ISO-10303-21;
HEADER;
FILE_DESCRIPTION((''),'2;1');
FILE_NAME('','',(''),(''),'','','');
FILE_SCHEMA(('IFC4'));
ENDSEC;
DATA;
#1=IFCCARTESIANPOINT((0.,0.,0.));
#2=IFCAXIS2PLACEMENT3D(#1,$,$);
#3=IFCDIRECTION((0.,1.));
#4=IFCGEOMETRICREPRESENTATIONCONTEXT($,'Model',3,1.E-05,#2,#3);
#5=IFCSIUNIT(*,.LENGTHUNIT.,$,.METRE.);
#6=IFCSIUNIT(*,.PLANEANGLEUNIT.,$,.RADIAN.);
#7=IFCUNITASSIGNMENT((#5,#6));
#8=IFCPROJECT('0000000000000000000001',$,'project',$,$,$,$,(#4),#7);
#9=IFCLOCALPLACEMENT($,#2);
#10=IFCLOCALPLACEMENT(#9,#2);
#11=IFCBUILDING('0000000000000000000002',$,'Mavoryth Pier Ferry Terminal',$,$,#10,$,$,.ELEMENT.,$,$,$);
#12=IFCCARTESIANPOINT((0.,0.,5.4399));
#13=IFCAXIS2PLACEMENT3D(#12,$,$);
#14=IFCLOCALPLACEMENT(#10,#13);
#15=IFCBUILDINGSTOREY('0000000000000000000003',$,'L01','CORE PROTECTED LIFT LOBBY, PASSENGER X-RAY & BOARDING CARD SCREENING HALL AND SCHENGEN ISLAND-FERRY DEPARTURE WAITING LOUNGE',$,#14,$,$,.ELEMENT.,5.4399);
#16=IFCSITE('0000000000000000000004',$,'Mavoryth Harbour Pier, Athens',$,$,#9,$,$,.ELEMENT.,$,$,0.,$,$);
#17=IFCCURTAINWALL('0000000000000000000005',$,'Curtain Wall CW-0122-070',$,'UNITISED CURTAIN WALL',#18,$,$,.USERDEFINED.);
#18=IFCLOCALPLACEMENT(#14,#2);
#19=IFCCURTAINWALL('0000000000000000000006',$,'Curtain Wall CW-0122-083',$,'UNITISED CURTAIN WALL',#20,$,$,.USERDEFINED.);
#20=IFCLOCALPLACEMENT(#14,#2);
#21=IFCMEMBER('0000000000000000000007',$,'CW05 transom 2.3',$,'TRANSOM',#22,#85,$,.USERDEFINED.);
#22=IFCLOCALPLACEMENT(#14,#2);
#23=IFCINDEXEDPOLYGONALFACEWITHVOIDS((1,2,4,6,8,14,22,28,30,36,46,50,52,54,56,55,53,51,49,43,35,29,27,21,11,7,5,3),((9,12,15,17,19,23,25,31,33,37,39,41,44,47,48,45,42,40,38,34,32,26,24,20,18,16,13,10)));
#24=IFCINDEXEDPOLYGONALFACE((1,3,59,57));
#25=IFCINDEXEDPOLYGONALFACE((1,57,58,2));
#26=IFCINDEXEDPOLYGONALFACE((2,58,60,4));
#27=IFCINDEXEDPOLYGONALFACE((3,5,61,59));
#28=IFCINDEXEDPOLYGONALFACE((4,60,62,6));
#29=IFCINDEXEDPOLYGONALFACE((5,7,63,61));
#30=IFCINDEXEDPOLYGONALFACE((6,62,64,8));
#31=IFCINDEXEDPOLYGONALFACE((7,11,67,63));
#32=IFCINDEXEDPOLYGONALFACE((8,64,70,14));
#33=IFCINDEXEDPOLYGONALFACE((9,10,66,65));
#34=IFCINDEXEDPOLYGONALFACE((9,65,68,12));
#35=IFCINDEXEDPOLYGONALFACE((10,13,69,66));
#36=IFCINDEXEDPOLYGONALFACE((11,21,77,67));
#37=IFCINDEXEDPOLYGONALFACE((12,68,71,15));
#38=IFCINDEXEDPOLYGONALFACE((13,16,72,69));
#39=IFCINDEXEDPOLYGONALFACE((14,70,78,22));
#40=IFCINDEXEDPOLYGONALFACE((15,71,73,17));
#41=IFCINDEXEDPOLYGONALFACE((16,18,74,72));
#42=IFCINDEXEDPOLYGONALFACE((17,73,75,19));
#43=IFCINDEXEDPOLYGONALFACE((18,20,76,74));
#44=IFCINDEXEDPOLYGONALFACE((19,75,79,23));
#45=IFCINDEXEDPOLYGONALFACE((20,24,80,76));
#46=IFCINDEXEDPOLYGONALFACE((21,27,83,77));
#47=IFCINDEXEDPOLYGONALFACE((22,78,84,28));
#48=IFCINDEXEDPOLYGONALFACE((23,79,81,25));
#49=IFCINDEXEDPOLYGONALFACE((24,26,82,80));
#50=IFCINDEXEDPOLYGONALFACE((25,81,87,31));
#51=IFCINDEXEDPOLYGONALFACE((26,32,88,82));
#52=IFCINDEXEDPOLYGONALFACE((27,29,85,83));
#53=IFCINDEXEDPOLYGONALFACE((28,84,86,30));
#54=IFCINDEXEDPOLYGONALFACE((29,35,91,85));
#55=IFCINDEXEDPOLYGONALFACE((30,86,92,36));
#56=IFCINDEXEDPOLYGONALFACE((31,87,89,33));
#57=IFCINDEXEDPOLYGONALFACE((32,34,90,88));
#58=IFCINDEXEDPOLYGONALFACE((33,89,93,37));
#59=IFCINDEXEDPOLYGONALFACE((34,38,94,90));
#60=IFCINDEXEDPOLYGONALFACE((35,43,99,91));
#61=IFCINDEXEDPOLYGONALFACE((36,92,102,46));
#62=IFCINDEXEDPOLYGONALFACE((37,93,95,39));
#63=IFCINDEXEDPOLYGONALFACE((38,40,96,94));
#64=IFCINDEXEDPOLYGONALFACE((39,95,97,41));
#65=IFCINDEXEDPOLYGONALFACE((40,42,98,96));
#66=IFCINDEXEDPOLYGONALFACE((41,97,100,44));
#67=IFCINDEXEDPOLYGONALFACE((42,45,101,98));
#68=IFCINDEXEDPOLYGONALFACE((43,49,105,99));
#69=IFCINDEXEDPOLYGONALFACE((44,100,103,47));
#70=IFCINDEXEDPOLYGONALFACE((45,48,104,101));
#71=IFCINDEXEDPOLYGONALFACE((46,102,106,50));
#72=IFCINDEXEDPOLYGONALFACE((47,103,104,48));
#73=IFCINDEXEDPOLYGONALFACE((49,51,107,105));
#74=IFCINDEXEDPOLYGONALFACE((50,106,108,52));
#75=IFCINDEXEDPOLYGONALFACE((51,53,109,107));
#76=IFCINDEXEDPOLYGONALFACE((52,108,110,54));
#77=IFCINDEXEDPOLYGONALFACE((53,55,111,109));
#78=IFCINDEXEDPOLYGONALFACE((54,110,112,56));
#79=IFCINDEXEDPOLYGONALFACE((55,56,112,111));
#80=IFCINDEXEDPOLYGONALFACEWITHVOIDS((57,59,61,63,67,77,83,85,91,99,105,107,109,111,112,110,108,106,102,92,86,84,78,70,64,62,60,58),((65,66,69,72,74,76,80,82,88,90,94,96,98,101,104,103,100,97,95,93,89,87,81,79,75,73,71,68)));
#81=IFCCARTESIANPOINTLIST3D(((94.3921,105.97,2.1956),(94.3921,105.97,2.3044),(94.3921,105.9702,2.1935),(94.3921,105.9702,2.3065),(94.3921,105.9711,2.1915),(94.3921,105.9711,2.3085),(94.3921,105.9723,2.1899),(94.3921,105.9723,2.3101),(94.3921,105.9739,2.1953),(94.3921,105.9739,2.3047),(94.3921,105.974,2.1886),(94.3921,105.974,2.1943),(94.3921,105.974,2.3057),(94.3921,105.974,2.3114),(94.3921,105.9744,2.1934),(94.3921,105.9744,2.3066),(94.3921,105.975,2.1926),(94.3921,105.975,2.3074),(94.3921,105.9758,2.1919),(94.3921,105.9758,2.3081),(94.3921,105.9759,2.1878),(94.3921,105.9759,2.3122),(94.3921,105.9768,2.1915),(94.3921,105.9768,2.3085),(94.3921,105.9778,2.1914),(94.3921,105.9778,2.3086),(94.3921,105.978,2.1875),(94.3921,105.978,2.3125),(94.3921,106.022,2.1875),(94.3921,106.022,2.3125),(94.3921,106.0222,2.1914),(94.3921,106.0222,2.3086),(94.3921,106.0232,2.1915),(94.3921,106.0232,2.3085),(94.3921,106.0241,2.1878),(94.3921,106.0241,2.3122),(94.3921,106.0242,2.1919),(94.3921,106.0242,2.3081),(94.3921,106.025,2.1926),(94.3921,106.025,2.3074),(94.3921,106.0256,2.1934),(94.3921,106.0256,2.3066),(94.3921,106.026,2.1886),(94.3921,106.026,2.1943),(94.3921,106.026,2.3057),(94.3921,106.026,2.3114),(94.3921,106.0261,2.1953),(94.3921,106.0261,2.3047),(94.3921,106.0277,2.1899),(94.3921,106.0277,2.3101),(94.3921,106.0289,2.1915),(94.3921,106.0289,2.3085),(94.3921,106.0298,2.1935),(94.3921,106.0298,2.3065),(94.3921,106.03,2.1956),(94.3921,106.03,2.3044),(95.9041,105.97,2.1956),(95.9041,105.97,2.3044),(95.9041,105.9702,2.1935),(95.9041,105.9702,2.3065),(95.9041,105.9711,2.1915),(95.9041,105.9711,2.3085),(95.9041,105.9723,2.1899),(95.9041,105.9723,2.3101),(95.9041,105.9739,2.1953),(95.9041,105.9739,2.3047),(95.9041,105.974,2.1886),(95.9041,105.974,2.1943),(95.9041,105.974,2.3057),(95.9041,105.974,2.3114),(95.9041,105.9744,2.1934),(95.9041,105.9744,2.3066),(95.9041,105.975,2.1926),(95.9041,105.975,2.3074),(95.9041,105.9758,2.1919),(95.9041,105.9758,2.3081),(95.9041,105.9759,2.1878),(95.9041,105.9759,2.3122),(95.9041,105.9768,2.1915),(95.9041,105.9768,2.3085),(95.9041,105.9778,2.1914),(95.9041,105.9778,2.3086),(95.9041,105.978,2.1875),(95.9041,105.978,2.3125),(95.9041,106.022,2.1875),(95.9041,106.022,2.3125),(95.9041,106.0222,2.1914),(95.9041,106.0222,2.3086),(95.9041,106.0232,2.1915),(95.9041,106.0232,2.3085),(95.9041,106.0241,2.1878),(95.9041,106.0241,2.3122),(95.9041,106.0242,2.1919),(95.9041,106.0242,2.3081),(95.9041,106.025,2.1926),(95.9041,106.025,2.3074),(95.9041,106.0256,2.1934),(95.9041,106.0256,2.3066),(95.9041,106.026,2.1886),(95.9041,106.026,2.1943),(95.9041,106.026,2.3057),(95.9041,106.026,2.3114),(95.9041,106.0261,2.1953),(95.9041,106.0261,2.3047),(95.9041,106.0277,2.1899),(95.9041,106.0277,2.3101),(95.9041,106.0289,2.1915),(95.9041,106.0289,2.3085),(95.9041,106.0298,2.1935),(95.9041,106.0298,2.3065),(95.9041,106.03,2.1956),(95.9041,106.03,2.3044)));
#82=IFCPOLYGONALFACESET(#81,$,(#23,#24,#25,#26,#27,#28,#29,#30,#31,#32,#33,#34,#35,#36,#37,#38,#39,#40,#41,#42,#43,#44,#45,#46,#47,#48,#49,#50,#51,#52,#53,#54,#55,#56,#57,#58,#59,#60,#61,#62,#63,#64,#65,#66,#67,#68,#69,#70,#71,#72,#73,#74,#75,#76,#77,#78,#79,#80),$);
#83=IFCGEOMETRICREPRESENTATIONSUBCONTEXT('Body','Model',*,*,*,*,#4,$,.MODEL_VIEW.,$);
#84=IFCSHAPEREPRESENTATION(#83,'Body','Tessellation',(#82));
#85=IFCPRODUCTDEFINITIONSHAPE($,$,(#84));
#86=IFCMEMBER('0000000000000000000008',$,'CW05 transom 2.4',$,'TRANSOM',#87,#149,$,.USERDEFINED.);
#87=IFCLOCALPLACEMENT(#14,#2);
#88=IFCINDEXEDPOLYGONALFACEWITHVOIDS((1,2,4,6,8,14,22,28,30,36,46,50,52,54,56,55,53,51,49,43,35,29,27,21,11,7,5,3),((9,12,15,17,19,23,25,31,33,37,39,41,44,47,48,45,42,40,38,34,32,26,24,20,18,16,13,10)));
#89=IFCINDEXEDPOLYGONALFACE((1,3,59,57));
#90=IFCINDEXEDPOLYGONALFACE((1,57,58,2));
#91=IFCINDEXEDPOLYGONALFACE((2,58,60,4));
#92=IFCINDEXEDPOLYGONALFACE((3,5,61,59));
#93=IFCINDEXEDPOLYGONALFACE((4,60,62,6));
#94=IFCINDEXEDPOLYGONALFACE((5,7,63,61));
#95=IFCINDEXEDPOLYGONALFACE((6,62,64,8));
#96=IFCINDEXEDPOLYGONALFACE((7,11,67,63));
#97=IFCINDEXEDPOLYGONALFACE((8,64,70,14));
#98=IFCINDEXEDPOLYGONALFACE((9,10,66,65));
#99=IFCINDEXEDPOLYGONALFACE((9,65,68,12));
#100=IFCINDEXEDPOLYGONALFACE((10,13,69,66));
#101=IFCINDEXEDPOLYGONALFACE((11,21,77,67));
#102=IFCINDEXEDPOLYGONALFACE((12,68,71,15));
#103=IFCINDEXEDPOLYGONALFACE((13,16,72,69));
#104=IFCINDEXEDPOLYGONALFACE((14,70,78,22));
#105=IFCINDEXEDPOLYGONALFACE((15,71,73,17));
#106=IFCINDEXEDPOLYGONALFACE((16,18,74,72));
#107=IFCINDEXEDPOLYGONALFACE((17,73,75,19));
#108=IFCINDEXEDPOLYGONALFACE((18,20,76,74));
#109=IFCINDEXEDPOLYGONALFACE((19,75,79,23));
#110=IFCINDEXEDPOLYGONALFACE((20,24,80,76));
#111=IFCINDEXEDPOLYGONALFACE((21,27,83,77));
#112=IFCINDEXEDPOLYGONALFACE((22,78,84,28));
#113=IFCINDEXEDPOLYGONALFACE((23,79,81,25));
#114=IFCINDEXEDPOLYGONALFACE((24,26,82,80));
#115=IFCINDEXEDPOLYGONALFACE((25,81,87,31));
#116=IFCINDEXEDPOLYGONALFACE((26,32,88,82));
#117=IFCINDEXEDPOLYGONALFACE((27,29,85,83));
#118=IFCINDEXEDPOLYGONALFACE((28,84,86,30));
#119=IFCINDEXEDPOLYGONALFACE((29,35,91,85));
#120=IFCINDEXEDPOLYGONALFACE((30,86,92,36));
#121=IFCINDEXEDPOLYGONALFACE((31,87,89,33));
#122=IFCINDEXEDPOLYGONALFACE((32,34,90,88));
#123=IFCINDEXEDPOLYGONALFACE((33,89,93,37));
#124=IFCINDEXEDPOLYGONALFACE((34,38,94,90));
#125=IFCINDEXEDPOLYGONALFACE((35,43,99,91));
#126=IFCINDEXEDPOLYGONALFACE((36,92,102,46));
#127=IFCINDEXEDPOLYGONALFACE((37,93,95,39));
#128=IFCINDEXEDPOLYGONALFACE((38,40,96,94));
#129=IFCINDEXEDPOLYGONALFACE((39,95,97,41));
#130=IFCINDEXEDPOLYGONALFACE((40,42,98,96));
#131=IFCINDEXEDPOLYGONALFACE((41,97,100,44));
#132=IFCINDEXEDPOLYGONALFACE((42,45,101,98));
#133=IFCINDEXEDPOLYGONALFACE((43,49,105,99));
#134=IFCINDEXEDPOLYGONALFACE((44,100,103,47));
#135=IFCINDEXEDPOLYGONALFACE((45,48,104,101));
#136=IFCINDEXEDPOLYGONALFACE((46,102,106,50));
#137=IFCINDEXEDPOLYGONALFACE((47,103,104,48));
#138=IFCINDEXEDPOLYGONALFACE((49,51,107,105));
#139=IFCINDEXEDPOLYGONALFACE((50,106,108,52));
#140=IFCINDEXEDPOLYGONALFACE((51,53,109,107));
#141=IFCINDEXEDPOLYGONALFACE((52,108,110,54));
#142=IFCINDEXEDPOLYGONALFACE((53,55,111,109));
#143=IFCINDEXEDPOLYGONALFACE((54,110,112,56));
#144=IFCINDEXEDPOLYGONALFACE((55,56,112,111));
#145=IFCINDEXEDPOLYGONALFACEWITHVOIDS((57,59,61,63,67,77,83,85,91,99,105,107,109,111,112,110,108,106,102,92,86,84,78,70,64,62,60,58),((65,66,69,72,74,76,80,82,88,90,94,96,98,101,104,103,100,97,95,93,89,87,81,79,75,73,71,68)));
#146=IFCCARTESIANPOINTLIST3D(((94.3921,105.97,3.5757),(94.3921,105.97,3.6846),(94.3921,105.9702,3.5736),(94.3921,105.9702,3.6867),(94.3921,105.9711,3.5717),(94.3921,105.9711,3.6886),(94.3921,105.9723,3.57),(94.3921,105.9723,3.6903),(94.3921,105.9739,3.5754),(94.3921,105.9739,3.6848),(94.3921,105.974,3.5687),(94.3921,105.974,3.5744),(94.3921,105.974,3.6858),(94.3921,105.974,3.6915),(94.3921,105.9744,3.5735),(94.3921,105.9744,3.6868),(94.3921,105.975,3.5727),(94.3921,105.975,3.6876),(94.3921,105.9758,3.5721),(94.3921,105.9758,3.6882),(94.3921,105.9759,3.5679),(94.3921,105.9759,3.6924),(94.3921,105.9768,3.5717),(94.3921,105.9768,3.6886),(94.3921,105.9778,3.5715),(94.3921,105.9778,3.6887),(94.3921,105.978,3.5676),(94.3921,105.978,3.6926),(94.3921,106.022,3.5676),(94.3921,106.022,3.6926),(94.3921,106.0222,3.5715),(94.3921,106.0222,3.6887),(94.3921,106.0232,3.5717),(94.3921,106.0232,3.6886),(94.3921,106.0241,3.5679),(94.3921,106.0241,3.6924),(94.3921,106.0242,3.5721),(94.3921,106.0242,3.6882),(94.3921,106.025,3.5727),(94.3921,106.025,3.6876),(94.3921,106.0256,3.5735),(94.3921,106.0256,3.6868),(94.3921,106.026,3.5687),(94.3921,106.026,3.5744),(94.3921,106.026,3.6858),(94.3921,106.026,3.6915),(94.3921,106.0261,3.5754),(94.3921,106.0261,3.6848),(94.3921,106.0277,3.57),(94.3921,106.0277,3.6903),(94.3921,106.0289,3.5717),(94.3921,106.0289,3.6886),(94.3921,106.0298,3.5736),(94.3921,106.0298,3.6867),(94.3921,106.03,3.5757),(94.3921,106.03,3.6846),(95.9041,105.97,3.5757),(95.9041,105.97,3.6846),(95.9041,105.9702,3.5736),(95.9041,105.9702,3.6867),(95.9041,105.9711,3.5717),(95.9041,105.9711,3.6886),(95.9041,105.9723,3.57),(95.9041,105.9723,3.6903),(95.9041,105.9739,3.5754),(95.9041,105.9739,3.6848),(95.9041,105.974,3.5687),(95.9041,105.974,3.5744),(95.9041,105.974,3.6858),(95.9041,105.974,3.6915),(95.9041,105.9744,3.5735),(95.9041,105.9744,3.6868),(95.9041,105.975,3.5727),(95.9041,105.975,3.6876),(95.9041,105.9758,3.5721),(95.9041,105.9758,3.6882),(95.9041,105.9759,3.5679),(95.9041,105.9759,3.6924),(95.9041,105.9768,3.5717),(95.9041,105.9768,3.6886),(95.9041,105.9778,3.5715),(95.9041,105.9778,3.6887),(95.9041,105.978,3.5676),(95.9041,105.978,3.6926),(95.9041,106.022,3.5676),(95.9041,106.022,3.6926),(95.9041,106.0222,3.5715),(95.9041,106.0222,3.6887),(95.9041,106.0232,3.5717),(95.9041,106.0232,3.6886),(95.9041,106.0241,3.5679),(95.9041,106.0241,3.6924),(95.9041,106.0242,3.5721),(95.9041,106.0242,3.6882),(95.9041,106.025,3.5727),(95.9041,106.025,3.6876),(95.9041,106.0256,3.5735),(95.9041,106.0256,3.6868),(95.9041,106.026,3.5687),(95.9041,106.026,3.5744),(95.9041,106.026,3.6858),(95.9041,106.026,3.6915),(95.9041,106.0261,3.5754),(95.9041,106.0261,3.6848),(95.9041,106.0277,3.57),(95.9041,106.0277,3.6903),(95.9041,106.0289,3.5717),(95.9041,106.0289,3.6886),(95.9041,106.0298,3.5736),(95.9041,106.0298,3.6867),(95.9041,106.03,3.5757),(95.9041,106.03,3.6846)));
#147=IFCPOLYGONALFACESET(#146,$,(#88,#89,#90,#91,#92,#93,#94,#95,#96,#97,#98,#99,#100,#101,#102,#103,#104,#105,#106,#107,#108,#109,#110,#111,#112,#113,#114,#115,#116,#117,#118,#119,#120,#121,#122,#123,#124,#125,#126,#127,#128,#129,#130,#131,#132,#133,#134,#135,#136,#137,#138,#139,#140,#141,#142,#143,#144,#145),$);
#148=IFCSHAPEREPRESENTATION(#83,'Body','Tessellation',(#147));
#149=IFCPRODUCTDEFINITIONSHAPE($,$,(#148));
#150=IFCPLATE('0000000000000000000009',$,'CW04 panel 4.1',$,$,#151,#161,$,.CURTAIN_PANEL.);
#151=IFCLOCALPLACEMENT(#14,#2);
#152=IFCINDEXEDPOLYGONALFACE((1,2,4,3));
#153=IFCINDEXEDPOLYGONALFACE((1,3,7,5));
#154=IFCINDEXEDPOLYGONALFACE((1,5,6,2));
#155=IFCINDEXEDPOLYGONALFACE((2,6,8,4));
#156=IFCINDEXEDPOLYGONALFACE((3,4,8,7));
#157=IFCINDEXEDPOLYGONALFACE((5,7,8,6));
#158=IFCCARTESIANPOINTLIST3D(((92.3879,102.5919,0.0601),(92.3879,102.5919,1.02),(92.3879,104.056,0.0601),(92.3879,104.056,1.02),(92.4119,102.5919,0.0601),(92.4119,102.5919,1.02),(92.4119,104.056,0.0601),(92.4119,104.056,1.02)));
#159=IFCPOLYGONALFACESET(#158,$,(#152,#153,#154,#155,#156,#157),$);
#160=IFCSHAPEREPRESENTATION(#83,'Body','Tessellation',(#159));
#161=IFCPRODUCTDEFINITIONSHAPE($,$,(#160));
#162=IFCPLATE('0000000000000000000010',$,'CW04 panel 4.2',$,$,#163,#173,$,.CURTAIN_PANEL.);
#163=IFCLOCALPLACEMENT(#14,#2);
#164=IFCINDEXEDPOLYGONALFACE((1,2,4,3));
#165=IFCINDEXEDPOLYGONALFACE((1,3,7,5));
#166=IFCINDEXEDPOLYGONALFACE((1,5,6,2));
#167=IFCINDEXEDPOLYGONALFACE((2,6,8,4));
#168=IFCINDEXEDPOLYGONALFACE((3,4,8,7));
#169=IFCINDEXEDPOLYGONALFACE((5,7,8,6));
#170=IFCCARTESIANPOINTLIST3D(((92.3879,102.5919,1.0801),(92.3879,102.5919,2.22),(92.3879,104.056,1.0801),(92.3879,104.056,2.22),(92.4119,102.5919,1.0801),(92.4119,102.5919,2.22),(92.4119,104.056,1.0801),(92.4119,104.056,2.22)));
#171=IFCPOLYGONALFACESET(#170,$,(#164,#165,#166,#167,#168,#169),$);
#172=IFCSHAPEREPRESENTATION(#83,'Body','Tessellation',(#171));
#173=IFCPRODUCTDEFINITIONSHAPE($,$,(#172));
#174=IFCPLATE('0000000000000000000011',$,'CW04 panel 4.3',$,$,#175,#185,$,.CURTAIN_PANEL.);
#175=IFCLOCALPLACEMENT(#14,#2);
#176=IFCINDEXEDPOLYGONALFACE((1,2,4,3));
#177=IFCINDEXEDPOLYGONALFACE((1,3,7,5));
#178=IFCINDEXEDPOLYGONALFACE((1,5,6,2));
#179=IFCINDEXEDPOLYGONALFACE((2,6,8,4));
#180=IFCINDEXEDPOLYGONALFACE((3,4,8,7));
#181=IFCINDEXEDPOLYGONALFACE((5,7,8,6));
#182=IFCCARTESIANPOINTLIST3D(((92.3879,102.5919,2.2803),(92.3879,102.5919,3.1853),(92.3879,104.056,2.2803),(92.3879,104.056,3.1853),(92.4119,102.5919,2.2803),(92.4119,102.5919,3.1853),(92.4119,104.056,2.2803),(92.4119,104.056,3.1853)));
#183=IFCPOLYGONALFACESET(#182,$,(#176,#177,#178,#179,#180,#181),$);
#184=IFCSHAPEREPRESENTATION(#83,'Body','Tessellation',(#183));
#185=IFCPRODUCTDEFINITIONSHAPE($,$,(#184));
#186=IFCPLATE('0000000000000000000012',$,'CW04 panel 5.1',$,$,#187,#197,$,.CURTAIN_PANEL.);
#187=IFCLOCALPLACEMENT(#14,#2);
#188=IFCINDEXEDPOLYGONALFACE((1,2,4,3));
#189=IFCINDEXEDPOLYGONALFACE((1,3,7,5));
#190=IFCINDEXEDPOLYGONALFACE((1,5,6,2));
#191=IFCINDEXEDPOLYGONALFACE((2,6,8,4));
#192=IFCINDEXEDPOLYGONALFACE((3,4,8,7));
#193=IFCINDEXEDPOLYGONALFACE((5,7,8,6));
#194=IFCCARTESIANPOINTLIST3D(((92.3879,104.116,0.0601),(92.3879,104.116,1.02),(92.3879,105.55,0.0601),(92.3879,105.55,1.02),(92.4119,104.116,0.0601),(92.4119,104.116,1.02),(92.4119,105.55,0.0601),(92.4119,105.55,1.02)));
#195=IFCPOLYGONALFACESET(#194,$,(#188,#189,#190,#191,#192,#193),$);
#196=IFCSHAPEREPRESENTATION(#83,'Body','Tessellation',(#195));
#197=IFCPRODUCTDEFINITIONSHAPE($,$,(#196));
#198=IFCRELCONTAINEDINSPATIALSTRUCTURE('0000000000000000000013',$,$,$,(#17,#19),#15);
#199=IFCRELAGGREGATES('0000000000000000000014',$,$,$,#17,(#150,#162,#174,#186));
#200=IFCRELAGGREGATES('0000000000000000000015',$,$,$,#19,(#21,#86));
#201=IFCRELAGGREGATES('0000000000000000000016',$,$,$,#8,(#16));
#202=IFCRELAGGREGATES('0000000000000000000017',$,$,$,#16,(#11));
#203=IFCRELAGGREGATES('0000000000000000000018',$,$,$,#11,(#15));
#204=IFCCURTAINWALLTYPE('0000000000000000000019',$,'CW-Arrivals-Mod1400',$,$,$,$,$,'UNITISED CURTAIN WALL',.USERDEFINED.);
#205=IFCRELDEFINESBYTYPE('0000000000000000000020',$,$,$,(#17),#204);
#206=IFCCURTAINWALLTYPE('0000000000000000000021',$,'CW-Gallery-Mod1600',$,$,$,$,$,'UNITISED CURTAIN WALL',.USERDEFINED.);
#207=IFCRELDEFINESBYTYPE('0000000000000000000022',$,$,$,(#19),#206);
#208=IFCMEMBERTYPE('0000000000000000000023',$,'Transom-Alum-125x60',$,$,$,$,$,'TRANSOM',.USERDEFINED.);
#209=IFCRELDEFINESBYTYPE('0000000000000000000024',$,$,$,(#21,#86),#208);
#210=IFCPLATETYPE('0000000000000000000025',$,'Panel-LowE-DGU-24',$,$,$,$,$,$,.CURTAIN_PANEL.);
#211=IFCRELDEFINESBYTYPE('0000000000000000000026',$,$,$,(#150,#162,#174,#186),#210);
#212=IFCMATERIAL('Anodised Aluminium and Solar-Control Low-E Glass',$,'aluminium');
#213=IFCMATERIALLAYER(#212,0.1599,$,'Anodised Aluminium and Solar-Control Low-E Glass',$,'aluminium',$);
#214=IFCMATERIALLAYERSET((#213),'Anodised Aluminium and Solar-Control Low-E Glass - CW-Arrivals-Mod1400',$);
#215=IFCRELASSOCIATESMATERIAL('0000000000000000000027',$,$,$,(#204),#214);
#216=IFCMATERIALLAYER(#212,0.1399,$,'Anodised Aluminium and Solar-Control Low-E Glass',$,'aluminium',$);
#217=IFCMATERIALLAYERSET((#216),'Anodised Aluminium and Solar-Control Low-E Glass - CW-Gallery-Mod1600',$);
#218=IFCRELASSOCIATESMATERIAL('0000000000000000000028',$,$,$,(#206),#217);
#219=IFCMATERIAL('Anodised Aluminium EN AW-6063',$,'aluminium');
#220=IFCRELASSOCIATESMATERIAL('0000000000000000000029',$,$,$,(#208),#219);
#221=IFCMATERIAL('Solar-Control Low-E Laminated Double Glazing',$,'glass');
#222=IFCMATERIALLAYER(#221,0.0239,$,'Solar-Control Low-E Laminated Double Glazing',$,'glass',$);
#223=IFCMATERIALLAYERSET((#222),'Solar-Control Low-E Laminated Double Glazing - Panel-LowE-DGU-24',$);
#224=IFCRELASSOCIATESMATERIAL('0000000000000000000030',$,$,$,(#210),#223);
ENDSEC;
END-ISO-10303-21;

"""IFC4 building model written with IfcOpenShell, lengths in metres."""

from ifc_helpers import new_model, si_unit, direction, frame, origin, origin_2d, place, context, subcontext, project, spatial, rectangle, hollow_rectangle, extrude, material, layer, layer_set, material_profile, profile_set, type_object, element, aggregate, save


model = new_model("IFC4")

# Units and contexts
model_context = context("Model", 3, precision=1e-05, world=origin(), true_north=direction((0.0, 1.0)))
body_context = subcontext(model_context, "Body", "Model", "MODEL_VIEW")
ifc_project = project(units=[si_unit("LENGTHUNIT", "METRE"), si_unit("PLANEANGLEUNIT", "RADIAN")], contexts=[model_context])

# Site, building, storey
site_placement = place(None, origin())
site = spatial("IfcSite", under=ifc_project, at=site_placement, Name="Mavoryth Harbour Pier, Athens", CompositionType="ELEMENT", RefElevation=0.0)
building_placement = place(site_placement, origin())
building = spatial("IfcBuilding", under=site, at=building_placement, Name="Mavoryth Pier Ferry Terminal", CompositionType="ELEMENT")
storey_placement = place(building_placement, frame((0.0, 0.0, 5.4399)))
storey = spatial("IfcBuildingStorey", under=building, at=storey_placement, Name="L01", Description="CORE PROTECTED LIFT LOBBY, PASSENGER X-RAY & BOARDING CARD SCREENING HALL AND SCHENGEN ISLAND-FERRY DEPARTURE WAITING LOUNGE", CompositionType="ELEMENT", Elevation=5.4399)

# Shared definitions
ifc_material_1 = material(Name="Anodised Aluminium and Solar-Control Low-E Glass", Category="aluminium")
ifc_layer_1 = layer(ifc_material_1, 0.1599, Name="Anodised Aluminium and Solar-Control Low-E Glass", Category="aluminium")
ifc_layer_set_1 = layer_set([ifc_layer_1], Name="Anodised Aluminium and Solar-Control Low-E Glass - CW-Arrivals-Mod1400")
curtain_wall_type_1 = type_object("IfcCurtainWallType", Name="CW-Arrivals-Mod1400", ElementType="UNITISED CURTAIN WALL", PredefinedType="USERDEFINED", material=ifc_layer_set_1)
ifc_material_2 = material(Name="Anodised Aluminium EN AW-6063", Category="aluminium")

# Curtain walls
curtain_wall_1_placement = place(storey_placement, origin())
curtain_wall_1 = element("IfcCurtainWall", 1, at=curtain_wall_1_placement, inside=storey, type_object=curtain_wall_type_1, Name="Curtain Wall CW-0122-070", ObjectType="UNITISED CURTAIN WALL", PredefinedType="USERDEFINED")
ifc_layer_2 = layer(ifc_material_1, 0.1399, Name="Anodised Aluminium and Solar-Control Low-E Glass", Category="aluminium")
ifc_layer_set_2 = layer_set([ifc_layer_2], Name="Anodised Aluminium and Solar-Control Low-E Glass - CW-Gallery-Mod1600")
curtain_wall_type_2 = type_object("IfcCurtainWallType", Name="CW-Gallery-Mod1600", ElementType="UNITISED CURTAIN WALL", PredefinedType="USERDEFINED", material=ifc_layer_set_2)
curtain_wall_2_placement = place(storey_placement, origin())
curtain_wall_2 = element("IfcCurtainWall", 2, at=curtain_wall_2_placement, inside=storey, type_object=curtain_wall_type_2, Name="Curtain Wall CW-0122-083", ObjectType="UNITISED CURTAIN WALL", PredefinedType="USERDEFINED")

# Members
ifc_material_profile_1 = material_profile(ifc_material_2, hollow_rectangle(XDim=0.0601, YDim=0.125, WallThickness=0.0039, InnerFilletRadius=0.0039, OuterFilletRadius=0.0081, at=origin_2d()), Name="AL-TRAN 125x60x4", Category="aluminium")
ifc_profile_set_1 = profile_set([ifc_material_profile_1], Name="Anodised Aluminium EN AW-6063 - AL-TRAN 125x60x4")
member_type_1 = type_object("IfcMemberType", Name="Transom-Alum-125x60", ElementType="TRANSOM", PredefinedType="USERDEFINED", material=ifc_profile_set_1)
member_1_placement = place(storey_placement, frame((94.3921, 106.0, 2.25), z_axis=(1.0, 0.0, 0.0), x_axis=(0.0, 1.0, 0.0)))
member_1 = element("IfcMember", 3, at=member_1_placement, type_object=member_type_1, Name="CW05 transom 2.3", ObjectType="TRANSOM", PredefinedType="USERDEFINED", context=body_context, shape_type="SweptSolid", body=[
    extrude(hollow_rectangle(XDim=0.0601, YDim=0.125, WallThickness=0.0039, InnerFilletRadius=0.0039, OuterFilletRadius=0.0081, at=origin_2d()), origin(), (0.0, 0.0, 1.0), 1.512),
])
member_2_placement = place(storey_placement, frame((94.3921, 106.0, 3.6301), z_axis=(1.0, 0.0, 0.0), x_axis=(0.0, 1.0, 0.0)))
member_2 = element("IfcMember", 4, at=member_2_placement, type_object=member_type_1, Name="CW05 transom 2.4", ObjectType="TRANSOM", PredefinedType="USERDEFINED", context=body_context, shape_type="SweptSolid", body=[
    extrude(hollow_rectangle(XDim=0.0601, YDim=0.125, WallThickness=0.0039, InnerFilletRadius=0.0039, OuterFilletRadius=0.0081, at=origin_2d()), origin(), (0.0, 0.0, 1.0), 1.512),
])

# Plates
ifc_material_3 = material(Name="Solar-Control Low-E Laminated Double Glazing", Category="glass")
ifc_layer_3 = layer(ifc_material_3, 0.0239, Name="Solar-Control Low-E Laminated Double Glazing", Category="glass")
ifc_layer_set_3 = layer_set([ifc_layer_3], Name="Solar-Control Low-E Laminated Double Glazing - Panel-LowE-DGU-24")
plate_type = type_object("IfcPlateType", Name="Panel-LowE-DGU-24", PredefinedType="CURTAIN_PANEL", material=ifc_layer_set_3)
plate_1_placement = place(storey_placement, frame((92.3999, 103.324, 0.0601), z_axis=(0.0, 0.0, 1.0), x_axis=(0.0, 1.0, 0.0)))
plate_1 = element("IfcPlate", 5, at=plate_1_placement, type_object=plate_type, Name="CW04 panel 4.1", PredefinedType="CURTAIN_PANEL", context=body_context, shape_type="SweptSolid", body=[
    extrude(rectangle(XDim=1.4641, YDim=0.0239, at=origin_2d()), origin(), (0.0, 0.0, 1.0), 0.96),
])
plate_2_placement = place(storey_placement, frame((92.3999, 103.324, 1.0801), z_axis=(0.0, 0.0, 1.0), x_axis=(0.0, 1.0, 0.0)))
plate_2 = element("IfcPlate", 6, at=plate_2_placement, type_object=plate_type, Name="CW04 panel 4.2", PredefinedType="CURTAIN_PANEL", context=body_context, shape_type="SweptSolid", body=[
    extrude(rectangle(XDim=1.4641, YDim=0.0239, at=origin_2d()), origin(), (0.0, 0.0, 1.0), 1.1399),
])
plate_3_placement = place(storey_placement, frame((92.3999, 103.324, 2.2803), z_axis=(0.0, 0.0, 1.0), x_axis=(0.0, 1.0, 0.0)))
plate_3 = element("IfcPlate", 7, at=plate_3_placement, type_object=plate_type, Name="CW04 panel 4.3", PredefinedType="CURTAIN_PANEL", context=body_context, shape_type="SweptSolid", body=[
    extrude(rectangle(XDim=1.4641, YDim=0.0239, at=origin_2d()), origin(), (0.0, 0.0, 1.0), 0.905),
])
plate_4_placement = place(storey_placement, frame((92.3999, 104.833, 0.0601), z_axis=(0.0, 0.0, 1.0), x_axis=(0.0, 1.0, 0.0)))
plate_4 = element("IfcPlate", 8, at=plate_4_placement, type_object=plate_type, Name="CW04 panel 5.1", PredefinedType="CURTAIN_PANEL", context=body_context, shape_type="SweptSolid", body=[
    extrude(rectangle(XDim=1.4341, YDim=0.0239, at=origin_2d()), origin(), (0.0, 0.0, 1.0), 0.96),
])
aggregate(curtain_wall_1, [plate_1, plate_2, plate_3, plate_4])
aggregate(curtain_wall_2, [member_1, member_2])

save(model, "model.ifc")
